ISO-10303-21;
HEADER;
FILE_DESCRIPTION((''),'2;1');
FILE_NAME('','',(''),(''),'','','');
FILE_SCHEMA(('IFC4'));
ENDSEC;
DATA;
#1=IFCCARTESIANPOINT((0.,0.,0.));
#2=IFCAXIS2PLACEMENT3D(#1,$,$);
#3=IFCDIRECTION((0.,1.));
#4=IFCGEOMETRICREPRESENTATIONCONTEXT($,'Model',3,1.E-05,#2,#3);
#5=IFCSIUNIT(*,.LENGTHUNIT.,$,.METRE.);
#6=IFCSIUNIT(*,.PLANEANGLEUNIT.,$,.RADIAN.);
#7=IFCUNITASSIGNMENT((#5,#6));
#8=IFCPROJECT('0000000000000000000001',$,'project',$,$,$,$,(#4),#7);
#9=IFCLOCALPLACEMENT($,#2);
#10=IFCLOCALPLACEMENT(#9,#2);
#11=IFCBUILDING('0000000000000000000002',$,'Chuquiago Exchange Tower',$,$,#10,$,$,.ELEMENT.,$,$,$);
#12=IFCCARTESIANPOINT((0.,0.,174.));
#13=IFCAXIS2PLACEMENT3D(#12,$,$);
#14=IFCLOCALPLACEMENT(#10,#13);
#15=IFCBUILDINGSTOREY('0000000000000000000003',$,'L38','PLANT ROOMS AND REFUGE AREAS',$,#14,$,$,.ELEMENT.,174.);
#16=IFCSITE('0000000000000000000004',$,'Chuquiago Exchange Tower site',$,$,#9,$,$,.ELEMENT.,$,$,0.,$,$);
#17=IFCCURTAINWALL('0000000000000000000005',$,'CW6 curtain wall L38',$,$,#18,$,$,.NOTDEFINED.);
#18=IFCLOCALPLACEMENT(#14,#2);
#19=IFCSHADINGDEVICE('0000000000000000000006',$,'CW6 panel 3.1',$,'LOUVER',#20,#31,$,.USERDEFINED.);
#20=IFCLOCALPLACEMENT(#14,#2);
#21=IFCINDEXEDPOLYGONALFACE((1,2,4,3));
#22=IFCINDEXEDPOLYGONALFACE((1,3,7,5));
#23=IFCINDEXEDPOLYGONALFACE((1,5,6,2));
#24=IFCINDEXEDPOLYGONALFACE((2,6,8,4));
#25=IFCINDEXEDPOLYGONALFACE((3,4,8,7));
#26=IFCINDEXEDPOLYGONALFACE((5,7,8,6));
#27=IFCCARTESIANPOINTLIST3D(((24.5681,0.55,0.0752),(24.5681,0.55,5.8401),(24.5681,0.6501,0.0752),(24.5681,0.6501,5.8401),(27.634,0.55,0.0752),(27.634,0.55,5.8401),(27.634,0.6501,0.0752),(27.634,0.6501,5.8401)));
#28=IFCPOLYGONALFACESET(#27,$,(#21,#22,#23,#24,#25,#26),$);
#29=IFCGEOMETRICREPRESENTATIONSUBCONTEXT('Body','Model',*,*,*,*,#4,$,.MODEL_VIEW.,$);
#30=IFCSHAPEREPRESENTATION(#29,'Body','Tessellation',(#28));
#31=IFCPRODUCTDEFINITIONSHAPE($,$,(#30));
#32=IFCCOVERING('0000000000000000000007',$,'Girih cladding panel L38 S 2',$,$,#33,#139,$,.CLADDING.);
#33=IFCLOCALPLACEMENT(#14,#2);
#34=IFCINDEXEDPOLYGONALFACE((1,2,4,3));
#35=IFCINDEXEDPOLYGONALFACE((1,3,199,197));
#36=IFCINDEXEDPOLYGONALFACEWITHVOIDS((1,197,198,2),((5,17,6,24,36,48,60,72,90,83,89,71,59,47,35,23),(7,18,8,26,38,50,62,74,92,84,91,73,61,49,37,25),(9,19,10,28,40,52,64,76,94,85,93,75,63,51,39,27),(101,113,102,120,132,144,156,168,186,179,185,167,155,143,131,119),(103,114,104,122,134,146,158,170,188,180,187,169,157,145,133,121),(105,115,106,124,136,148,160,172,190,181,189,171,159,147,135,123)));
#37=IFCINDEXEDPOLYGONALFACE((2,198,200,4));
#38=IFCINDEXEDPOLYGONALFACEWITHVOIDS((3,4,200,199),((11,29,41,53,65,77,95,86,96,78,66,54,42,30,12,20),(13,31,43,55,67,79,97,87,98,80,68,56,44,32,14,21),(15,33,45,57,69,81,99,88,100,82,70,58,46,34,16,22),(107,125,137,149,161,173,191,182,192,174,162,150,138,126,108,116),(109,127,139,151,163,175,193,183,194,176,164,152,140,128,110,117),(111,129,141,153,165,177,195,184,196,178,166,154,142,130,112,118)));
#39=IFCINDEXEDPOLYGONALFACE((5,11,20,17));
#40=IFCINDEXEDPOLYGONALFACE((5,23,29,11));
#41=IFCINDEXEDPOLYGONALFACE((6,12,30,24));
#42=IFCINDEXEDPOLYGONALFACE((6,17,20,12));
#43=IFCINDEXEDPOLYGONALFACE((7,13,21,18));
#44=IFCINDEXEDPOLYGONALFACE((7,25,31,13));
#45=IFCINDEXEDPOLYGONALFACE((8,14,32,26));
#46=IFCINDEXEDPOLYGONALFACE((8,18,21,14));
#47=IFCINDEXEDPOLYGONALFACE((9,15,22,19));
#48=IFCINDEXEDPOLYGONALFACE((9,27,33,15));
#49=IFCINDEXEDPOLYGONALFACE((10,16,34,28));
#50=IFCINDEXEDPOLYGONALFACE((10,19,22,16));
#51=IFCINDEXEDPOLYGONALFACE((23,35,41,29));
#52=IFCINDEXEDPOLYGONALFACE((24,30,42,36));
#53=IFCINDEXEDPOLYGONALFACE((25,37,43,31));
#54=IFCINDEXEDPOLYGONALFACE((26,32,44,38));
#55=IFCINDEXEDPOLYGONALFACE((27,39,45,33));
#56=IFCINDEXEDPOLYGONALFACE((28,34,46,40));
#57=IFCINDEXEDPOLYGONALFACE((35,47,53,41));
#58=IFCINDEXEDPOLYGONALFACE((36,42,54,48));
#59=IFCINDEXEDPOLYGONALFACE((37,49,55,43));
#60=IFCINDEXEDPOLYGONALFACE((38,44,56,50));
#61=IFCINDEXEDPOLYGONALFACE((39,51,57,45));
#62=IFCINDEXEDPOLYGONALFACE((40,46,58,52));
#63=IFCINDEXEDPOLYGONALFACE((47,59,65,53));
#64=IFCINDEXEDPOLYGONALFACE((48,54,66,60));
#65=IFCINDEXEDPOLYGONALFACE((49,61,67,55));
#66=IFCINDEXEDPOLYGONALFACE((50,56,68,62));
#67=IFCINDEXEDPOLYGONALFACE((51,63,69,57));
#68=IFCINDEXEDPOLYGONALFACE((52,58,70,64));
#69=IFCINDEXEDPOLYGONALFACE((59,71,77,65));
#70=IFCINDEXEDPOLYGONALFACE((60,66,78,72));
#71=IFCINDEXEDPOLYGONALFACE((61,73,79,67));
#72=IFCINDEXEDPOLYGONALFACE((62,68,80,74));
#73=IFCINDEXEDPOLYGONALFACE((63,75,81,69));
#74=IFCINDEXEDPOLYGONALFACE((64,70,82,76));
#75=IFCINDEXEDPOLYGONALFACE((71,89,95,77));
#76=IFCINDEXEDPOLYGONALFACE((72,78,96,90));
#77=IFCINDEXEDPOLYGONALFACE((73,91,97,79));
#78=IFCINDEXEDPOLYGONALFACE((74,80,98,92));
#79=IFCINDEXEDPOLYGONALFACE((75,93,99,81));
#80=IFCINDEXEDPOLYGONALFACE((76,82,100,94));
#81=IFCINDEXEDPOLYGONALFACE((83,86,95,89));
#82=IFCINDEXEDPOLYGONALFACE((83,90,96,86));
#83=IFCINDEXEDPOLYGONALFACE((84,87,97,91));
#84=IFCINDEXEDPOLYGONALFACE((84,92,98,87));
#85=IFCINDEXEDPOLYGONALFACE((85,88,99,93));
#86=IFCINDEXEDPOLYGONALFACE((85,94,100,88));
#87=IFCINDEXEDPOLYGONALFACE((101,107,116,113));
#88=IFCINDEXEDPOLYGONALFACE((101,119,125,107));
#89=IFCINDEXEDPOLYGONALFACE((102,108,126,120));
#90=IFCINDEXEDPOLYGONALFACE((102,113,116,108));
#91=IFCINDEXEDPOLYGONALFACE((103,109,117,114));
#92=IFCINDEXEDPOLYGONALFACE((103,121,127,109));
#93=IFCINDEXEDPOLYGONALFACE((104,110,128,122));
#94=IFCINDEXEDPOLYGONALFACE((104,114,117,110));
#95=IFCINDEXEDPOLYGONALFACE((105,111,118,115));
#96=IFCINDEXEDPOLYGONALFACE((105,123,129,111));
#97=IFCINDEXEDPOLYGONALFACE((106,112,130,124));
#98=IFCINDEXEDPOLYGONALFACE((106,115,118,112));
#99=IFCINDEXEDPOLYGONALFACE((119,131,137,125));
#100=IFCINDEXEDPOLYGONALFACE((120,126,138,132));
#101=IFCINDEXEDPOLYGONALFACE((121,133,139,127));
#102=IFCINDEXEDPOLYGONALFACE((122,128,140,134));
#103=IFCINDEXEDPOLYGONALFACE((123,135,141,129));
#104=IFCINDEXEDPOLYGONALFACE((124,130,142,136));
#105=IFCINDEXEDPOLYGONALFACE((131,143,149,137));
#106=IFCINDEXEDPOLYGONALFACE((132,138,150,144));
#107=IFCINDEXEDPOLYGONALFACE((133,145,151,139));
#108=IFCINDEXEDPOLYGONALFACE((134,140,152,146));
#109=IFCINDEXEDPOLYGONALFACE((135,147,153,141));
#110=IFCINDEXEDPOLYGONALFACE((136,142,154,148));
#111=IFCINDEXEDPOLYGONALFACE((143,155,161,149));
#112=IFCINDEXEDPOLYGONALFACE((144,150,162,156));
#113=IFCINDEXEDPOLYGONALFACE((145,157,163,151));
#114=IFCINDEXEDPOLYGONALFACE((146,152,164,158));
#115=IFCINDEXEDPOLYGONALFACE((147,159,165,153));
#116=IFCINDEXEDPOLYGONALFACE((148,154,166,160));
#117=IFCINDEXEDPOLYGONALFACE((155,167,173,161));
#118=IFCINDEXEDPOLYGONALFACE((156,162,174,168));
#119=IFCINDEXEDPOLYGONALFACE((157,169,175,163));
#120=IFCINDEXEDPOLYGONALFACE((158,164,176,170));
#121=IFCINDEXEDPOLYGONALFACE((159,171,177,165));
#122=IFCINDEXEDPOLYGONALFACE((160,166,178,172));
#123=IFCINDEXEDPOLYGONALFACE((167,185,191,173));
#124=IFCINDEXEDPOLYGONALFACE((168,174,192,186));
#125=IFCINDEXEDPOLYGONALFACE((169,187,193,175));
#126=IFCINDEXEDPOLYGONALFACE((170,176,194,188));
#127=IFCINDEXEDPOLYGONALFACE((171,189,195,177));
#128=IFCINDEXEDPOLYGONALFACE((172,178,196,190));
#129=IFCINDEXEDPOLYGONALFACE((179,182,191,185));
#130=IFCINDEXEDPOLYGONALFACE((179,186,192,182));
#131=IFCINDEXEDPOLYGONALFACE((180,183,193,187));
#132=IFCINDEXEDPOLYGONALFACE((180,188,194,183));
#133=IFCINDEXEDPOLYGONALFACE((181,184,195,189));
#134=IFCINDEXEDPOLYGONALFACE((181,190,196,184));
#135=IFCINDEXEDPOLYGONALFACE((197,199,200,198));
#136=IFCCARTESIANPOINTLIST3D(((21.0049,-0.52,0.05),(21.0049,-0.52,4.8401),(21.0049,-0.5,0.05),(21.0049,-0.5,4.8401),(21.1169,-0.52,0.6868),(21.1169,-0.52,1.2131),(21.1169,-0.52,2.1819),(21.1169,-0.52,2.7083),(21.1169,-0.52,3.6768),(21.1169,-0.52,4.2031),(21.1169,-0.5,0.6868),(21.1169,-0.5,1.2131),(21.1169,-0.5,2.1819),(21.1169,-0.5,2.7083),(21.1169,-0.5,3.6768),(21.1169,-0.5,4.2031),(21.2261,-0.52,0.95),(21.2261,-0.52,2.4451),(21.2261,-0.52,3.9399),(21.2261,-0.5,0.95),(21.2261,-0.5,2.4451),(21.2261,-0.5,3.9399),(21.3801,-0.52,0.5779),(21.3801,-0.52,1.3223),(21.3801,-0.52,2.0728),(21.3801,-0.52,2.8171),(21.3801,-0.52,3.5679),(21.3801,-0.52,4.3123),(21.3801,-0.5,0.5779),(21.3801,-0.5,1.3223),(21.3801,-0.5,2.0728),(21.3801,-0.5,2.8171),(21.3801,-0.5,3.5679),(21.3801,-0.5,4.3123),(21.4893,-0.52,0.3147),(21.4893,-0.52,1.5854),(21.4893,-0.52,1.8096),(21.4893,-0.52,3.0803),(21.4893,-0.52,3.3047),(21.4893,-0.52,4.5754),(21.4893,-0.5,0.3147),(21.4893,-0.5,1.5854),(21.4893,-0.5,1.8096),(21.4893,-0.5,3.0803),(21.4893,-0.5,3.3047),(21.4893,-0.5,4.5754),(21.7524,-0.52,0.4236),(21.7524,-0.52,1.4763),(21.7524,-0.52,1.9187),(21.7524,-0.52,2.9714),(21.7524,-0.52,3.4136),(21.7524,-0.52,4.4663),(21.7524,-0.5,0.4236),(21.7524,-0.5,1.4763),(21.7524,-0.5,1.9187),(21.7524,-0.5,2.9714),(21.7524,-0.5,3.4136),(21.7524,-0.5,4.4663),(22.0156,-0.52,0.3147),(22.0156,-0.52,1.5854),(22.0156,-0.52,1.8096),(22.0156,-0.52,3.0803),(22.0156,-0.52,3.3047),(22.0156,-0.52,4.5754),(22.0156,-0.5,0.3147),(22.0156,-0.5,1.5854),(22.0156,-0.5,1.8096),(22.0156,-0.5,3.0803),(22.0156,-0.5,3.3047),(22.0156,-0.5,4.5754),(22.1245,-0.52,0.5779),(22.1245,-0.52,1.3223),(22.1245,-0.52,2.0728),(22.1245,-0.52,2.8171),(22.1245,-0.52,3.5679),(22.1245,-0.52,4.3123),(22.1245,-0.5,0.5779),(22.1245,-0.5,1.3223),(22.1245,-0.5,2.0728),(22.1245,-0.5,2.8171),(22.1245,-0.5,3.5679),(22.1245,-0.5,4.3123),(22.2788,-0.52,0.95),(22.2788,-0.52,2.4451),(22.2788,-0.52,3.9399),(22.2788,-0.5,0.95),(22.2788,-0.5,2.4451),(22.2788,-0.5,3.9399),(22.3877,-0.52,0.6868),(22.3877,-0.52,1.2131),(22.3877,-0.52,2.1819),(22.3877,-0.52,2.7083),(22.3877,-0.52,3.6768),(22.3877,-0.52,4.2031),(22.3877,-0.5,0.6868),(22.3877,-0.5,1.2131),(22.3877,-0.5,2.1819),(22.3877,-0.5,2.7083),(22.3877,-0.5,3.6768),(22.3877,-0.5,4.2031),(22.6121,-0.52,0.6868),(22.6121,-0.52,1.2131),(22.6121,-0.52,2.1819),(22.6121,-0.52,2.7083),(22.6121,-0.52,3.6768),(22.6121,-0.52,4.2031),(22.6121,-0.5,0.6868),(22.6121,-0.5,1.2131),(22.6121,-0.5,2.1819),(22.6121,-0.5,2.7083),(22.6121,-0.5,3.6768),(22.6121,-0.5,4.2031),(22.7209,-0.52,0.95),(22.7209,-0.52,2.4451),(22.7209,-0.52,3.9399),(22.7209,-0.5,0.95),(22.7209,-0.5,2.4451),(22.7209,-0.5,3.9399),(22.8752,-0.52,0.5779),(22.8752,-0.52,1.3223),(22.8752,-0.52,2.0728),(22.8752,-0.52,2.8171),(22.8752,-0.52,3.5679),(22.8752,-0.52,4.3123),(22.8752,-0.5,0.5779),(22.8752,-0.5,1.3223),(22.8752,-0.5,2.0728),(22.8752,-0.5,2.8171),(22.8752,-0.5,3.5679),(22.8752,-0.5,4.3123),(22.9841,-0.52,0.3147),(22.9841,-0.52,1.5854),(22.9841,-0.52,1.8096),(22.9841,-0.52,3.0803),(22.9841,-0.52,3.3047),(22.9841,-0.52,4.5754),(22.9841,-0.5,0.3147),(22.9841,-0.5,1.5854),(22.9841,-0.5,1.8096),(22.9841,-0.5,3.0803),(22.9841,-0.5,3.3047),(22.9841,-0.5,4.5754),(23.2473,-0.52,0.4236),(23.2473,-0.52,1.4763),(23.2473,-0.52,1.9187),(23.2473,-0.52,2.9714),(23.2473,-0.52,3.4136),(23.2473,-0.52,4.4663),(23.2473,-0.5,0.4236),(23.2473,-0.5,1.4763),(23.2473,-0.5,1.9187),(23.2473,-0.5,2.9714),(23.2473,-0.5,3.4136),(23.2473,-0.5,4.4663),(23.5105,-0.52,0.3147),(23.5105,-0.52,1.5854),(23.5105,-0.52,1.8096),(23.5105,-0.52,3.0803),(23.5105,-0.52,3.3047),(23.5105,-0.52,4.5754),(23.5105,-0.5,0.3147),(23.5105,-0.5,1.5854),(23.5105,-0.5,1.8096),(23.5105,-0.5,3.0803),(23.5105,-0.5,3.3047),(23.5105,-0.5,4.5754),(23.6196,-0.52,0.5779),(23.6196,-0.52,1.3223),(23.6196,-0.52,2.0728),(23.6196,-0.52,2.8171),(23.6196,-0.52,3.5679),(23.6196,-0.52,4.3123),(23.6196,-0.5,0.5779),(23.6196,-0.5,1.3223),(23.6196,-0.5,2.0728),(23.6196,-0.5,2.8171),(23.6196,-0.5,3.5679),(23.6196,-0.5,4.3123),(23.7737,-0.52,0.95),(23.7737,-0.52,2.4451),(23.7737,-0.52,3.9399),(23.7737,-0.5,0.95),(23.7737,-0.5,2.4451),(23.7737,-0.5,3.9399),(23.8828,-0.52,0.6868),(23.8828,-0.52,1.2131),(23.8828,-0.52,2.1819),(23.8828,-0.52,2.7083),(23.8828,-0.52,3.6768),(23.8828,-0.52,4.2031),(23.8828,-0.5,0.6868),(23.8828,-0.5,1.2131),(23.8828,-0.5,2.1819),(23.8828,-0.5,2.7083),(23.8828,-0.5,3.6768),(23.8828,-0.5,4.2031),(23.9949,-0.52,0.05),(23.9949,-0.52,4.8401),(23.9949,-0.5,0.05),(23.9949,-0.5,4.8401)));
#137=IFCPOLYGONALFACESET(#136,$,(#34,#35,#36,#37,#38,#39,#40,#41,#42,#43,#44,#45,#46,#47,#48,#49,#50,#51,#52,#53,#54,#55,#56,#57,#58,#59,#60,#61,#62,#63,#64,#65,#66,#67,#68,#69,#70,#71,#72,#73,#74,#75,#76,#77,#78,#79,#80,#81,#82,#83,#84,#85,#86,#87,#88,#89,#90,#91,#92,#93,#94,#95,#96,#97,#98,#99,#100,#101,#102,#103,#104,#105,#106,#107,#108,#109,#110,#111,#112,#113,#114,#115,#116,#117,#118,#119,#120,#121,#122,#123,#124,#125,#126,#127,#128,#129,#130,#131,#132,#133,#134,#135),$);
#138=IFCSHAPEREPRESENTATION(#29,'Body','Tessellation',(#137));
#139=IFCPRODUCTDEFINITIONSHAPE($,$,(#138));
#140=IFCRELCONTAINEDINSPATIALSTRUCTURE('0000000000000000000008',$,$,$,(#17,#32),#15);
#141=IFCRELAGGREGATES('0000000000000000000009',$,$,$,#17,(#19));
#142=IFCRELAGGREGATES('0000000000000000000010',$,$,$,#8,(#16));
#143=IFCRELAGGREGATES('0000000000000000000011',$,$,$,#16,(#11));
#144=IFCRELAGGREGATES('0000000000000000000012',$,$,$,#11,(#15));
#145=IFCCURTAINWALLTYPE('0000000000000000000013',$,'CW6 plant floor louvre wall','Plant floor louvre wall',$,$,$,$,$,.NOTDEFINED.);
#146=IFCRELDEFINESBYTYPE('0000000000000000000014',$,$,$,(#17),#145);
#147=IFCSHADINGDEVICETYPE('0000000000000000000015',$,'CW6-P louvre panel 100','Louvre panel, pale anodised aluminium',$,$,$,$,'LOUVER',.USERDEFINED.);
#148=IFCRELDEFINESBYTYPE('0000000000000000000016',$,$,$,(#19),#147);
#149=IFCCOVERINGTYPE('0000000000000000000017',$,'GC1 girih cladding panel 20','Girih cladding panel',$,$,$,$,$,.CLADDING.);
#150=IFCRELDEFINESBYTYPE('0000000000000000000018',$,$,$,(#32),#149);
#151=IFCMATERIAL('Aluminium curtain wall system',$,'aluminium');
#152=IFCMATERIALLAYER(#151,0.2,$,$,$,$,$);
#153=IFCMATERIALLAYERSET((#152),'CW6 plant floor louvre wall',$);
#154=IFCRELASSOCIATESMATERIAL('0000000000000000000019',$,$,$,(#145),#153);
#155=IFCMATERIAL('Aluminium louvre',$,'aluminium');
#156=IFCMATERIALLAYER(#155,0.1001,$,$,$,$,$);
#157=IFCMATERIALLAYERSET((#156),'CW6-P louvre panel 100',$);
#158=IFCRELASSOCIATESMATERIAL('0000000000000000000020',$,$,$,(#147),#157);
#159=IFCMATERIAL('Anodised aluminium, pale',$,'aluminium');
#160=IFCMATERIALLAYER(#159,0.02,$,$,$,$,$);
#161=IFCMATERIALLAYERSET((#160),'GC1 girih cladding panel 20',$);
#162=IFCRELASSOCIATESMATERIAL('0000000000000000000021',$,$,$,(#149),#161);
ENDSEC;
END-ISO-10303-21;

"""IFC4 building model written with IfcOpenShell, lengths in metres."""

from ifc_helpers import new_model, si_unit, direction, frame, origin, origin_2d, place, context, subcontext, project, spatial, polyline, rectangle, outline, extrude, material, layer, layer_set, type_object, element, aggregate, save


model = new_model("IFC4")

# Units and contexts
model_context = context("Model", 3, precision=1e-05, world=origin(), true_north=direction((0.0, 1.0)))
body_context = subcontext(model_context, "Body", "Model", "MODEL_VIEW")
ifc_project = project(units=[si_unit("LENGTHUNIT", "METRE"), si_unit("PLANEANGLEUNIT", "RADIAN")], contexts=[model_context])

# Site, building, storey
site_placement = place(None, origin())
site = spatial("IfcSite", under=ifc_project, at=site_placement, Name="Chuquiago Exchange Tower site", CompositionType="ELEMENT", RefElevation=0.0)
building_placement = place(site_placement, origin())
building = spatial("IfcBuilding", under=site, at=building_placement, Name="Chuquiago Exchange Tower", CompositionType="ELEMENT")
storey_placement = place(building_placement, frame((0.0, 0.0, 174.0)))
storey = spatial("IfcBuildingStorey", under=building, at=storey_placement, Name="L38", Description="PLANT ROOMS AND REFUGE AREAS", CompositionType="ELEMENT", Elevation=174.0)

# Curtain wall
ifc_material_1 = material(Name="Aluminium curtain wall system", Category="aluminium")
ifc_layer_1 = layer(ifc_material_1, 0.2)
ifc_layer_set_1 = layer_set([ifc_layer_1], Name="CW6 plant floor louvre wall")
curtain_wall_type = type_object("IfcCurtainWallType", Name="CW6 plant floor louvre wall", Description="Plant floor louvre wall", PredefinedType="NOTDEFINED", material=ifc_layer_set_1)
curtain_wall_placement = place(storey_placement, origin())
curtain_wall = element("IfcCurtainWall", 1, at=curtain_wall_placement, inside=storey, type_object=curtain_wall_type, Name="CW6 curtain wall L38", PredefinedType="NOTDEFINED")

# Shading device
ifc_material_2 = material(Name="Aluminium louvre", Category="aluminium")
ifc_layer_2 = layer(ifc_material_2, 0.1001)
ifc_layer_set_2 = layer_set([ifc_layer_2], Name="CW6-P louvre panel 100")
shading_device_type = type_object("IfcShadingDeviceType", Name="CW6-P louvre panel 100", Description="Louvre panel, pale anodised aluminium", ElementType="LOUVER", PredefinedType="USERDEFINED", material=ifc_layer_set_2)
shading_device_1_placement = place(storey_placement, frame((26.1011, 0.6001, 0.0752), z_axis=(0.0, 0.0, 1.0), x_axis=(1.0, 0.0, 0.0)))
shading_device_1 = element("IfcShadingDevice", 2, at=shading_device_1_placement, type_object=shading_device_type, Name="CW6 panel 3.1", ObjectType="LOUVER", PredefinedType="USERDEFINED", context=body_context, shape_type="SweptSolid", body=[
    extrude(rectangle(XDim=3.0659, YDim=0.1001, at=origin_2d()), origin(), (0.0, 0.0, 1.0), 5.7649),
])
aggregate(curtain_wall, [shading_device_1])

# Covering
ifc_material_3 = material(Name="Anodised aluminium, pale", Category="aluminium")
ifc_layer_3 = layer(ifc_material_3, 0.02)
ifc_layer_set_3 = layer_set([ifc_layer_3], Name="GC1 girih cladding panel 20")
covering_type = type_object("IfcCoveringType", Name="GC1 girih cladding panel 20", Description="Girih cladding panel", PredefinedType="CLADDING", material=ifc_layer_set_3)
covering_1_placement = place(storey_placement, frame((21.0049, -0.5, 0.05), z_axis=(0.0, 0.0, 1.0), x_axis=(1.0, 0.0, 0.0)))
element("IfcCovering", 3, at=covering_1_placement, inside=storey, type_object=covering_type, Name="Girih cladding panel L38 S 2", PredefinedType="CLADDING", context=body_context, shape_type="SweptSolid", body=[
    extrude(outline(polyline([(0.0, 0.0), (2.99, 0.0), (2.99, 4.79), (0.0, 4.79), (0.0, 0.0)]), holes=[polyline([(1.2739, 0.8999), (1.3828, 1.1631), (1.1196, 1.2722), (1.0107, 1.5354), (0.7476, 1.4263), (0.4844, 1.5354), (0.3752, 1.2722), (0.1121, 1.1631), (0.2212, 0.8999), (0.1121, 0.6367), (0.3752, 0.5278), (0.4844, 0.2646), (0.7476, 0.3735), (1.0107, 0.2646), (1.1196, 0.5278), (1.3828, 0.6367), (1.2739, 0.8999)]), polyline([(2.7688, 0.8999), (2.8779, 1.1631), (2.6147, 1.2722), (2.5056, 1.5354), (2.2424, 1.4263), (1.9792, 1.5354), (1.8704, 1.2722), (1.6072, 1.1631), (1.7161, 0.8999), (1.6072, 0.6367), (1.8704, 0.5278), (1.9792, 0.2646), (2.2424, 0.3735), (2.5056, 0.2646), (2.6147, 0.5278), (2.8779, 0.6367), (2.7688, 0.8999)]), polyline([(1.2739, 2.395), (1.3828, 2.6582), (1.1196, 2.7671), (1.0107, 3.0303), (0.7476, 2.9214), (0.4844, 3.0303), (0.3752, 2.7671), (0.1121, 2.6582), (0.2212, 2.395), (0.1121, 2.1318), (0.3752, 2.0227), (0.4844, 1.7595), (0.7476, 1.8687), (1.0107, 1.7595), (1.1196, 2.0227), (1.3828, 2.1318), (1.2739, 2.395)]), polyline([(2.7688, 2.395), (2.8779, 2.6582), (2.6147, 2.7671), (2.5056, 3.0303), (2.2424, 2.9214), (1.9792, 3.0303), (1.8704, 2.7671), (1.6072, 2.6582), (1.7161, 2.395), (1.6072, 2.1318), (1.8704, 2.0227), (1.9792, 1.7595), (2.2424, 1.8687), (2.5056, 1.7595), (2.6147, 2.0227), (2.8779, 2.1318), (2.7688, 2.395)]), polyline([(1.2739, 3.8899), (1.3828, 4.1531), (1.1196, 4.2622), (1.0107, 4.5254), (0.7476, 4.4163), (0.4844, 4.5254), (0.3752, 4.2622), (0.1121, 4.1531), (0.2212, 3.8899), (0.1121, 3.6267), (0.3752, 3.5178), (0.4844, 3.2546), (0.7476, 3.3635), (1.0107, 3.2546), (1.1196, 3.5178), (1.3828, 3.6267), (1.2739, 3.8899)]), polyline([(2.7688, 3.8899), (2.8779, 4.1531), (2.6147, 4.2622), (2.5056, 4.5254), (2.2424, 4.4163), (1.9792, 4.5254), (1.8704, 4.2622), (1.6072, 4.1531), (1.7161, 3.8899), (1.6072, 3.6267), (1.8704, 3.5178), (1.9792, 3.2546), (2.2424, 3.3635), (2.5056, 3.2546), (2.6147, 3.5178), (2.8779, 3.6267), (2.7688, 3.8899)])]), frame((0.0, 0.0, 0.0), z_axis=(0.0, -1.0, 0.0), x_axis=(1.0, 0.0, 0.0)), (0.0, 0.0, 1.0), 0.02),
])

save(model, "model.ifc")
